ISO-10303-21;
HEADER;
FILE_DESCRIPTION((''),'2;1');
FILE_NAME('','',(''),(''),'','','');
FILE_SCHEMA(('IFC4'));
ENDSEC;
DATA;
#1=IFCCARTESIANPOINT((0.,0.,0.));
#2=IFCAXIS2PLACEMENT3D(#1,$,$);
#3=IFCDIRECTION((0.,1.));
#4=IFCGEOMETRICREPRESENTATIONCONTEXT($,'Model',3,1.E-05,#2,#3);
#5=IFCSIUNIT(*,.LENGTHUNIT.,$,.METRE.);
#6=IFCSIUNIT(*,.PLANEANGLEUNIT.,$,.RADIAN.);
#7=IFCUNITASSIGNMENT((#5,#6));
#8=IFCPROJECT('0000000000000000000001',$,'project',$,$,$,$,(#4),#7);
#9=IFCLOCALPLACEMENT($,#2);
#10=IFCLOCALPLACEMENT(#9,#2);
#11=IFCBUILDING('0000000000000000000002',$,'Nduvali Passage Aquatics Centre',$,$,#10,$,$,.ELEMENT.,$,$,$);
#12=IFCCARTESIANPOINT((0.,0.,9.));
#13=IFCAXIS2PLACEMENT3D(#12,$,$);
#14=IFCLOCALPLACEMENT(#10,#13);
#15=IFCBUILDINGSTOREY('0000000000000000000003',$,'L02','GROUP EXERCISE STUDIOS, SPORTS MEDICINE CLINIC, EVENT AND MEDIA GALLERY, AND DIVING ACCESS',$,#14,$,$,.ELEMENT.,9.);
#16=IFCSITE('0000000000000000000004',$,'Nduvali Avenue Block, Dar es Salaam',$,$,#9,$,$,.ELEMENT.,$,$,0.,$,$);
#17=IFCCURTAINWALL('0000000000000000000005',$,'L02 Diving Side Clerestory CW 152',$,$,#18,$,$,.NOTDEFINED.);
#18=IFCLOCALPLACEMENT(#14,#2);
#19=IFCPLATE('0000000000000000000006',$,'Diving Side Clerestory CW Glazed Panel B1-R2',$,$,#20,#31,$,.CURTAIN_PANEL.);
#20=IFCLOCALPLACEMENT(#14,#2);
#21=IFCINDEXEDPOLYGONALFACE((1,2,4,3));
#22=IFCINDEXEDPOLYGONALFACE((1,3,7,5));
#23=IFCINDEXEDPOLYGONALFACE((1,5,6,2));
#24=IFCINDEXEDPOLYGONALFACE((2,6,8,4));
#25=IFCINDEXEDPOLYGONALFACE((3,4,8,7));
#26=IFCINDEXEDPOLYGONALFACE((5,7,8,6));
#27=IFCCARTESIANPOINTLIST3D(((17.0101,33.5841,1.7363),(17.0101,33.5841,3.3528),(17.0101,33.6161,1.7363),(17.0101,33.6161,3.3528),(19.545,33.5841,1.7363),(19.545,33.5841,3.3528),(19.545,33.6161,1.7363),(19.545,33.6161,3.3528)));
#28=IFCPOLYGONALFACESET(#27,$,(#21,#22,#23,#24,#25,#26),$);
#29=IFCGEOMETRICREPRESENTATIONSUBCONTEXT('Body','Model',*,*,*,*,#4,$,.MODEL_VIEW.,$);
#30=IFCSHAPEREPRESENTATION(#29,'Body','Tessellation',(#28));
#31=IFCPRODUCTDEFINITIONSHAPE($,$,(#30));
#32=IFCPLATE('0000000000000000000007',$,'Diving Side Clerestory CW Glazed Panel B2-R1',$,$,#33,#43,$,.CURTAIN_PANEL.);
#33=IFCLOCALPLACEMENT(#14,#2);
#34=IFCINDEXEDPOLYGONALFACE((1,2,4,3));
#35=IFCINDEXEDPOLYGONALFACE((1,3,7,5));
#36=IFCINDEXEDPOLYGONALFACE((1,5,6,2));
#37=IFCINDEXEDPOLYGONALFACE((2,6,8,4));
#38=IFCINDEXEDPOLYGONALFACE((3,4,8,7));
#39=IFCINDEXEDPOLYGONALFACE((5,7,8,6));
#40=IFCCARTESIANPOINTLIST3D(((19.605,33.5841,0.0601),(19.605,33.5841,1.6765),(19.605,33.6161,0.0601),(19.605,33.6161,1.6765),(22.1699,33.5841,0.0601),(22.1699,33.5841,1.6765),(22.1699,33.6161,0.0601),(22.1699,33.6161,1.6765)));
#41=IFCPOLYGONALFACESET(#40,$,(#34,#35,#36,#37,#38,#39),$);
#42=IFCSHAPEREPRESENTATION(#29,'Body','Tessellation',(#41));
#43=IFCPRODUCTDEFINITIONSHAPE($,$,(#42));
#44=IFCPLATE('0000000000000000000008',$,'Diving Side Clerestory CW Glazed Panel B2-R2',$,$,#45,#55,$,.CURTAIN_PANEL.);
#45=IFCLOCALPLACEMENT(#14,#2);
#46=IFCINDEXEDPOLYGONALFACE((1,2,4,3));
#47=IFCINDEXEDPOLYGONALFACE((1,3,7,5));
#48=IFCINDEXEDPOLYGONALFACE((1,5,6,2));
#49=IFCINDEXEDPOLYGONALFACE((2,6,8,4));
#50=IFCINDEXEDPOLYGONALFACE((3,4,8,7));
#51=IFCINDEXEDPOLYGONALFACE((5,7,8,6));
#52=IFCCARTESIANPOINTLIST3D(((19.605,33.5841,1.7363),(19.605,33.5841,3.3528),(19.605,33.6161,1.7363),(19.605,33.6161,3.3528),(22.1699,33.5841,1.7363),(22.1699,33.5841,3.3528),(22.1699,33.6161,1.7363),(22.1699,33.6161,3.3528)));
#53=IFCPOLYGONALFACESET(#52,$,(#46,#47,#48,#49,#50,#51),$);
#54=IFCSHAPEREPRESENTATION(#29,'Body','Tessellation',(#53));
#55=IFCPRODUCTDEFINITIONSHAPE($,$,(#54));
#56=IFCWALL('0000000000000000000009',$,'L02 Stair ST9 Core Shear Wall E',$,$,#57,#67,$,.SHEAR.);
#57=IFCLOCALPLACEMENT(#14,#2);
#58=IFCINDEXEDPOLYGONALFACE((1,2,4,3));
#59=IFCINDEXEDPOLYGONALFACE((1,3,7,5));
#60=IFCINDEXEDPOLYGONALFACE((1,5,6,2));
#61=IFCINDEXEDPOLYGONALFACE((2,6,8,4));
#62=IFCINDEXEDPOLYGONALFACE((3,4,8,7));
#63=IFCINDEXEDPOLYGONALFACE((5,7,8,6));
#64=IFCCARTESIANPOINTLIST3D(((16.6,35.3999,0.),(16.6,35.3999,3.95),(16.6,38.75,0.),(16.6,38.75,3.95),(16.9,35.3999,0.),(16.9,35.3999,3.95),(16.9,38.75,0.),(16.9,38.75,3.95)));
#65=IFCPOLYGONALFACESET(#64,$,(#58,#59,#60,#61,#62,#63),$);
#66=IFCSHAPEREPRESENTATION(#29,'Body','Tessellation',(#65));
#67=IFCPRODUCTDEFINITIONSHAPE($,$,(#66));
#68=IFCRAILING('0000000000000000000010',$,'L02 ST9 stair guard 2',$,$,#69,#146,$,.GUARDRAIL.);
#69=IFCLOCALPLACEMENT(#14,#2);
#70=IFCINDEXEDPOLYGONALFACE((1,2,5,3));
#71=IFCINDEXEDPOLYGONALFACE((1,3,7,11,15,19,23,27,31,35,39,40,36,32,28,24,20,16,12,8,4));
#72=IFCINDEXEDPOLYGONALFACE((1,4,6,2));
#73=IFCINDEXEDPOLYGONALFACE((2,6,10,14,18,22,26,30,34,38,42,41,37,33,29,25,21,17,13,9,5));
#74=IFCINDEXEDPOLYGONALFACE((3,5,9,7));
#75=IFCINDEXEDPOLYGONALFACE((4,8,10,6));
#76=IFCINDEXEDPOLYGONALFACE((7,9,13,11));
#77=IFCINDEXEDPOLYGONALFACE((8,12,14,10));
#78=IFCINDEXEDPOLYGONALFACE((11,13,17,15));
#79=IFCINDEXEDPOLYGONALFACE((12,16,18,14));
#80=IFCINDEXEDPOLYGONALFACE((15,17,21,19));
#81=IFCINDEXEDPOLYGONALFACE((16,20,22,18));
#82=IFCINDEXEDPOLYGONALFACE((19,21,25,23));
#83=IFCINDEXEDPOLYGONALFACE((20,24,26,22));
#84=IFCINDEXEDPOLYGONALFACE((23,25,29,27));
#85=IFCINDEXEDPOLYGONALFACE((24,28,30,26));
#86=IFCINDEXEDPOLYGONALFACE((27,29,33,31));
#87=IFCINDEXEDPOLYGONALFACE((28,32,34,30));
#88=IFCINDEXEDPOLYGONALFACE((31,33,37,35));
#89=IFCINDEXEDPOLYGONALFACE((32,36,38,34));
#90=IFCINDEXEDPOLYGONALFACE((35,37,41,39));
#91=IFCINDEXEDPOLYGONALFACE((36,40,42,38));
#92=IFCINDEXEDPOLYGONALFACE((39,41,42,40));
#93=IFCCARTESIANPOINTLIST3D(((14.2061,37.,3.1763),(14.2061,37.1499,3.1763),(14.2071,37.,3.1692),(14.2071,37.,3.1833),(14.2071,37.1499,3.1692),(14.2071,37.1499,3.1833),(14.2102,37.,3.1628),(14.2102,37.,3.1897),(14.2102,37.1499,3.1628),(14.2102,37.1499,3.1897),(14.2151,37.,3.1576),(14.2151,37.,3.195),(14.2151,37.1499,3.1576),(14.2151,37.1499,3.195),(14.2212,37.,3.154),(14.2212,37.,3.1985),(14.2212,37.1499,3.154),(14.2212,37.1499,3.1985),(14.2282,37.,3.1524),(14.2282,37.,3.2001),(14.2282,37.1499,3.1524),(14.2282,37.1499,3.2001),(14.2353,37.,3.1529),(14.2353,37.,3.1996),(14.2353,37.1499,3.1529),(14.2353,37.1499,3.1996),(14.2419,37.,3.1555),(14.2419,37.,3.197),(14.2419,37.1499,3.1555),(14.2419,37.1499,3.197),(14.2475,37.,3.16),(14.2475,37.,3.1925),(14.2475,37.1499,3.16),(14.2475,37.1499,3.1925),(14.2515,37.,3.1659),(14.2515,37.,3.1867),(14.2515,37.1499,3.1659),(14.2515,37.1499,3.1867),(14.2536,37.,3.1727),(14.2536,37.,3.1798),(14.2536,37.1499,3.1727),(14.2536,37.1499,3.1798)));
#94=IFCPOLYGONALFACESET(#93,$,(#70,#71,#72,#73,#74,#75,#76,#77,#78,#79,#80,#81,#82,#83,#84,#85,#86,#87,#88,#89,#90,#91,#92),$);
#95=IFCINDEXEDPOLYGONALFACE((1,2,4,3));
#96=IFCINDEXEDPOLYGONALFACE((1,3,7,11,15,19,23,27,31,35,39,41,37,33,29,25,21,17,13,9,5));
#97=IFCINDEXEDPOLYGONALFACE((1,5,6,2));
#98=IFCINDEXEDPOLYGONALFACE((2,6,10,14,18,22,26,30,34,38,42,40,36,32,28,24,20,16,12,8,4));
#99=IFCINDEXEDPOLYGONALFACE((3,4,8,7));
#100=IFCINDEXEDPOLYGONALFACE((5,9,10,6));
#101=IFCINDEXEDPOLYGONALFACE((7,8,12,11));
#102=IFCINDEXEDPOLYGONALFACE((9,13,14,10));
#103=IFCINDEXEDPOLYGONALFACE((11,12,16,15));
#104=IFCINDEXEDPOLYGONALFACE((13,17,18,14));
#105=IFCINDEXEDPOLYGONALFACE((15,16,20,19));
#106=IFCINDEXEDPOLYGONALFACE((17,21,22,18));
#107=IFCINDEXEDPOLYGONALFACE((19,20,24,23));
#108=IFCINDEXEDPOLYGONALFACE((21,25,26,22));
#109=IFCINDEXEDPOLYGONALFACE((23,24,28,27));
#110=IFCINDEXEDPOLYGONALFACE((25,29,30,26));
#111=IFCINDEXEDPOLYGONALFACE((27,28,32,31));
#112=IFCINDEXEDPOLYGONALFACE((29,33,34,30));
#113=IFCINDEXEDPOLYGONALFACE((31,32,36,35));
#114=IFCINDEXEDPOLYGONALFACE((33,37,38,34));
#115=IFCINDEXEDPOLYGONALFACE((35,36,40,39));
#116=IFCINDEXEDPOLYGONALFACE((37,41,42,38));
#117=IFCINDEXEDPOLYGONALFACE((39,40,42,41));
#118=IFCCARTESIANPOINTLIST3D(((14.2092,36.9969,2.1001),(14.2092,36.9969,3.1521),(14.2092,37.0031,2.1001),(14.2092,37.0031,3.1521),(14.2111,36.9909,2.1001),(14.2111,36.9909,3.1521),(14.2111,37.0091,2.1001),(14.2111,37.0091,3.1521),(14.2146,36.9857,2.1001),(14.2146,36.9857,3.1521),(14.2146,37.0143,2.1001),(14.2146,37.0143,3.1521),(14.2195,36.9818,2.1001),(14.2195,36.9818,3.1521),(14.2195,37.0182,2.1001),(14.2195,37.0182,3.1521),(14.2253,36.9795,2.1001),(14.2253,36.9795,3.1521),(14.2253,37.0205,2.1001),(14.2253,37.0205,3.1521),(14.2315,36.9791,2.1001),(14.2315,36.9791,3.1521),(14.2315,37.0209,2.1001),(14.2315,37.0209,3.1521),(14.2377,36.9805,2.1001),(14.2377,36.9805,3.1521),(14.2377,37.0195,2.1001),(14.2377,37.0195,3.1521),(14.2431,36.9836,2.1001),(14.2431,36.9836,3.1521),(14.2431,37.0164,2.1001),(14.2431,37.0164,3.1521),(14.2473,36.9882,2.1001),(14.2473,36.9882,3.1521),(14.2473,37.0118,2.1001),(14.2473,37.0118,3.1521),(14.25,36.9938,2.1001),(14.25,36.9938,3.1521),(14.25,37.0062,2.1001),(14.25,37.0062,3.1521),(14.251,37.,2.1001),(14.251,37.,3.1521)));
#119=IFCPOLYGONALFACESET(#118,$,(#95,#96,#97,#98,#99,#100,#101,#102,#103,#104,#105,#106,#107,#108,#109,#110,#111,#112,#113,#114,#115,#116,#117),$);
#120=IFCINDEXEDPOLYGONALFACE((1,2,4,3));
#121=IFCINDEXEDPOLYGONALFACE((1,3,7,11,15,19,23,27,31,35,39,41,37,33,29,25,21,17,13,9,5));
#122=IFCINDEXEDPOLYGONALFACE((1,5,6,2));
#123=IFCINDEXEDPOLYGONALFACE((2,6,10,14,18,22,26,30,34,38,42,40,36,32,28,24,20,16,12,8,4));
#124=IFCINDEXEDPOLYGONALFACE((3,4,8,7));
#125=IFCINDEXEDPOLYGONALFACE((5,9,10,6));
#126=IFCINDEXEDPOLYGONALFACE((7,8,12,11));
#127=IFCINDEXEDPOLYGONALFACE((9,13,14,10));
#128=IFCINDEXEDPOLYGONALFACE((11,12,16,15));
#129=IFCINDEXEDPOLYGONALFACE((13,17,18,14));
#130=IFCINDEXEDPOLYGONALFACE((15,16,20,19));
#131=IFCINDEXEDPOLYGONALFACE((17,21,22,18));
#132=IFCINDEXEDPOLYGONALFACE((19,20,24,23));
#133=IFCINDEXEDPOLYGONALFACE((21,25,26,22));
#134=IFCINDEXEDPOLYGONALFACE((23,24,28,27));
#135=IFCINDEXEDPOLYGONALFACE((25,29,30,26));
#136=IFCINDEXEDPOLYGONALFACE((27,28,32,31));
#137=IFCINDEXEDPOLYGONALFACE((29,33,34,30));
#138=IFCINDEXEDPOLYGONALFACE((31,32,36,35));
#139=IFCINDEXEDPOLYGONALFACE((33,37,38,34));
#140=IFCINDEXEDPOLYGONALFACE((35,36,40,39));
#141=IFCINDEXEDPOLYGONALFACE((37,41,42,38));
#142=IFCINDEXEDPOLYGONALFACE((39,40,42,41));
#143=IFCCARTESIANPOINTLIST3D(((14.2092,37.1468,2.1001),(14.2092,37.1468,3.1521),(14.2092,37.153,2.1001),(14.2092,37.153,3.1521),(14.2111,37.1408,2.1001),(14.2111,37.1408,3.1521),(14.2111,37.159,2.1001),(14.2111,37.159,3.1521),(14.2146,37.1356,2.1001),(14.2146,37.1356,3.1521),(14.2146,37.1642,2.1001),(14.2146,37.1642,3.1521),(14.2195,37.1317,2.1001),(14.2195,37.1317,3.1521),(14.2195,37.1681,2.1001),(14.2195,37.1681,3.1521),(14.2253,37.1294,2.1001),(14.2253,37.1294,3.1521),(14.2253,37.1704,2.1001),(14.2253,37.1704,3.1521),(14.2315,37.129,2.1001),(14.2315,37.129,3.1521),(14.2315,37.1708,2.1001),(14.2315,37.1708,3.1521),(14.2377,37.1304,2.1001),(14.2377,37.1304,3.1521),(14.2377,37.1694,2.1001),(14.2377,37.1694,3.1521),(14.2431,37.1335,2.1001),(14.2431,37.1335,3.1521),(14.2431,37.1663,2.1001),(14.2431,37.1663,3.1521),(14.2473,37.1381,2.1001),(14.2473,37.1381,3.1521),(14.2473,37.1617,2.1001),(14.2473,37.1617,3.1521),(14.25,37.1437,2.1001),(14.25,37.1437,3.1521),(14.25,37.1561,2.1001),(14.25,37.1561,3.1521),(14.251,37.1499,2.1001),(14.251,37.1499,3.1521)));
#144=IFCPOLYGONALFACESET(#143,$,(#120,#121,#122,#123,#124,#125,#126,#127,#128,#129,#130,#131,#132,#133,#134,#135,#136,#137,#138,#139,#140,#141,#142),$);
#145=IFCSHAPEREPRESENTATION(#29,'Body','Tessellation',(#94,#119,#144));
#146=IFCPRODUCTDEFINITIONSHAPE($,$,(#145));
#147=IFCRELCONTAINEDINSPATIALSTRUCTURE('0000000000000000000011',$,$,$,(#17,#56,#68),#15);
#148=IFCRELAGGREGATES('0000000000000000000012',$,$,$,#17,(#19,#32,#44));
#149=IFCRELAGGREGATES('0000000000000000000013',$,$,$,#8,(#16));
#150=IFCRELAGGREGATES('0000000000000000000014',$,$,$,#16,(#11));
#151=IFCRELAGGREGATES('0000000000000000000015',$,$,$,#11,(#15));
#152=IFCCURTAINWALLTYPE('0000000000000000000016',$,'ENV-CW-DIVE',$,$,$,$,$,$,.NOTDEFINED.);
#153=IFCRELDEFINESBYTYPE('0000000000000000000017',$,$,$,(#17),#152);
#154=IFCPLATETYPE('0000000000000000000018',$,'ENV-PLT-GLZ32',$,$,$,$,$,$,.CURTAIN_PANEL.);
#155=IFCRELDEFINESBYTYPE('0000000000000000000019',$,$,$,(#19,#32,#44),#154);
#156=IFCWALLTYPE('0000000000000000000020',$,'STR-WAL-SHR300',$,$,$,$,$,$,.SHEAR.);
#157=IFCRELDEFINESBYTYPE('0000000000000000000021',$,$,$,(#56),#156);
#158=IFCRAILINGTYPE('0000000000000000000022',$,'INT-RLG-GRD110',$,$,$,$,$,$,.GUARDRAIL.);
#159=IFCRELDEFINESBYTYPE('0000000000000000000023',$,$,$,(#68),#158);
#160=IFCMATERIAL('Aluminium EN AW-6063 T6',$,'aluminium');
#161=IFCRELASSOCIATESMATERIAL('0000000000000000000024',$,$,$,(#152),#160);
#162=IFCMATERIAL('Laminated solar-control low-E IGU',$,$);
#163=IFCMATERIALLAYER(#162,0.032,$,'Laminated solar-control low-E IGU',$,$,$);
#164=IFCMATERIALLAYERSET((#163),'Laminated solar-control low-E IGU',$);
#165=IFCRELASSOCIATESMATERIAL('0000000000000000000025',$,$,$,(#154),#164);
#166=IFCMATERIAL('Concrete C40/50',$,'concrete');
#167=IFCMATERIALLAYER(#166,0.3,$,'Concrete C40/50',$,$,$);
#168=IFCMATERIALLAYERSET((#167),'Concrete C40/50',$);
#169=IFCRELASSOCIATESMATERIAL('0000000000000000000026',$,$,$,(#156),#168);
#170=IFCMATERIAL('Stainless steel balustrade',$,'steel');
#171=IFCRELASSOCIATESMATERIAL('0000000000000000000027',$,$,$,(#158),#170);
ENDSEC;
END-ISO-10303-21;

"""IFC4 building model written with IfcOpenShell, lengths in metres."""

from ifc_helpers import new_model, si_unit, direction, frame, frame_2d, origin, origin_2d, place, context, subcontext, project, spatial, rectangle, circle, extrude, material, layer, layer_set, type_object, element, aggregate, save


model = new_model("IFC4")

# Units and contexts
model_context = context("Model", 3, precision=1e-05, world=origin(), true_north=direction((0.0, 1.0)))
body_context = subcontext(model_context, "Body", "Model", "MODEL_VIEW")
ifc_project = project(units=[si_unit("LENGTHUNIT", "METRE"), si_unit("PLANEANGLEUNIT", "RADIAN")], contexts=[model_context])

# Site, building, storey
site_placement = place(None, origin())
site = spatial("IfcSite", under=ifc_project, at=site_placement, Name="Nduvali Avenue Block, Dar es Salaam", CompositionType="ELEMENT", RefElevation=0.0)
building_placement = place(site_placement, origin())
building = spatial("IfcBuilding", under=site, at=building_placement, Name="Nduvali Passage Aquatics Centre", CompositionType="ELEMENT")
storey_placement = place(building_placement, frame((0.0, 0.0, 9.0)))
storey = spatial("IfcBuildingStorey", under=building, at=storey_placement, Name="L02", Description="GROUP EXERCISE STUDIOS, SPORTS MEDICINE CLINIC, EVENT AND MEDIA GALLERY, AND DIVING ACCESS", CompositionType="ELEMENT", Elevation=9.0)

# Shared definitions
ifc_material_1 = material(Name="Aluminium EN AW-6063 T6", Category="aluminium")
curtain_wall_type = type_object("IfcCurtainWallType", Name="ENV-CW-DIVE", PredefinedType="NOTDEFINED", material=ifc_material_1)

# Curtain wall
curtain_wall_1_placement = place(storey_placement, origin())
curtain_wall_1 = element("IfcCurtainWall", 1, at=curtain_wall_1_placement, inside=storey, type_object=curtain_wall_type, Name="L02 Diving Side Clerestory CW 152", PredefinedType="NOTDEFINED")

# Plates
ifc_material_2 = material(Name="Laminated solar-control low-E IGU")
ifc_layer_1 = layer(ifc_material_2, 0.032, Name="Laminated solar-control low-E IGU")
ifc_layer_set_1 = layer_set([ifc_layer_1], Name="Laminated solar-control low-E IGU")
plate_type = type_object("IfcPlateType", Name="ENV-PLT-GLZ32", PredefinedType="CURTAIN_PANEL", material=ifc_layer_set_1)
plate_1_placement = place(storey_placement, frame((18.2776, 33.6001, 1.7363), z_axis=(0.0, 0.0, 1.0), x_axis=(1.0, 0.0, 0.0)))
plate_1 = element("IfcPlate", 2, at=plate_1_placement, type_object=plate_type, Name="Diving Side Clerestory CW Glazed Panel B1-R2", PredefinedType="CURTAIN_PANEL", context=body_context, shape_type="SweptSolid", body=[
    extrude(rectangle(XDim=2.5349, YDim=0.032, at=origin_2d()), origin(), (0.0, 0.0, 1.0), 1.6165),
])
plate_2_placement = place(storey_placement, frame((20.8875, 33.6001, 0.0601), z_axis=(0.0, 0.0, 1.0), x_axis=(1.0, 0.0, 0.0)))
plate_2 = element("IfcPlate", 3, at=plate_2_placement, type_object=plate_type, Name="Diving Side Clerestory CW Glazed Panel B2-R1", PredefinedType="CURTAIN_PANEL", context=body_context, shape_type="SweptSolid", body=[
    extrude(rectangle(XDim=2.5649, YDim=0.032, at=origin_2d()), origin(), (0.0, 0.0, 1.0), 1.6165),
])
plate_3_placement = place(storey_placement, frame((20.8875, 33.6001, 1.7363), z_axis=(0.0, 0.0, 1.0), x_axis=(1.0, 0.0, 0.0)))
plate_3 = element("IfcPlate", 4, at=plate_3_placement, type_object=plate_type, Name="Diving Side Clerestory CW Glazed Panel B2-R2", PredefinedType="CURTAIN_PANEL", context=body_context, shape_type="SweptSolid", body=[
    extrude(rectangle(XDim=2.5649, YDim=0.032, at=origin_2d()), origin(), (0.0, 0.0, 1.0), 1.6165),
])
aggregate(curtain_wall_1, [plate_1, plate_2, plate_3])

# Wall
ifc_material_3 = material(Name="Concrete C40/50", Category="concrete")
ifc_layer_2 = layer(ifc_material_3, 0.3, Name="Concrete C40/50")
ifc_layer_set_2 = layer_set([ifc_layer_2], Name="Concrete C40/50")
wall_type = type_object("IfcWallType", Name="STR-WAL-SHR300", PredefinedType="SHEAR", material=ifc_layer_set_2)
wall_placement = place(storey_placement, frame((16.75, 35.3999, 0.0), z_axis=(0.0, 0.0, 1.0), x_axis=(0.0, 1.0, 0.0)))
element("IfcWall", 5, at=wall_placement, inside=storey, type_object=wall_type, Name="L02 Stair ST9 Core Shear Wall E", PredefinedType="SHEAR", context=body_context, shape_type="SweptSolid", body=[
    extrude(rectangle(XDim=3.3501, YDim=0.3, at=frame_2d((1.675, 0.0))), origin(), (0.0, 0.0, 1.0), 3.95),
])

# Railing
ifc_material_4 = material(Name="Stainless steel balustrade", Category="steel")
railing_type = type_object("IfcRailingType", Name="INT-RLG-GRD110", PredefinedType="GUARDRAIL", material=ifc_material_4)
railing_1_placement = place(storey_placement, frame((14.23, 37.0, 2.1001)))
element("IfcRailing", 6, at=railing_1_placement, inside=storey, type_object=railing_type, Name="L02 ST9 stair guard 2", PredefinedType="GUARDRAIL", context=body_context, shape_type="SweptSolid", body=[
    extrude(circle(Radius=0.0239, at=origin_2d()), frame((0.0, 0.0, 1.0762), z_axis=(0.0, 1.0, 0.0), x_axis=(-1.0, 0.0, 0.0)), (0.0, 0.0, 1.0), 0.1499),
    extrude(circle(Radius=0.021, at=origin_2d()), origin(), (0.0, 0.0, 1.0), 1.052),
    extrude(circle(Radius=0.021, at=origin_2d()), frame((0.0, 0.1499, 0.0)), (0.0, 0.0, 1.0), 1.052),
])

save(model, "model.ifc")
